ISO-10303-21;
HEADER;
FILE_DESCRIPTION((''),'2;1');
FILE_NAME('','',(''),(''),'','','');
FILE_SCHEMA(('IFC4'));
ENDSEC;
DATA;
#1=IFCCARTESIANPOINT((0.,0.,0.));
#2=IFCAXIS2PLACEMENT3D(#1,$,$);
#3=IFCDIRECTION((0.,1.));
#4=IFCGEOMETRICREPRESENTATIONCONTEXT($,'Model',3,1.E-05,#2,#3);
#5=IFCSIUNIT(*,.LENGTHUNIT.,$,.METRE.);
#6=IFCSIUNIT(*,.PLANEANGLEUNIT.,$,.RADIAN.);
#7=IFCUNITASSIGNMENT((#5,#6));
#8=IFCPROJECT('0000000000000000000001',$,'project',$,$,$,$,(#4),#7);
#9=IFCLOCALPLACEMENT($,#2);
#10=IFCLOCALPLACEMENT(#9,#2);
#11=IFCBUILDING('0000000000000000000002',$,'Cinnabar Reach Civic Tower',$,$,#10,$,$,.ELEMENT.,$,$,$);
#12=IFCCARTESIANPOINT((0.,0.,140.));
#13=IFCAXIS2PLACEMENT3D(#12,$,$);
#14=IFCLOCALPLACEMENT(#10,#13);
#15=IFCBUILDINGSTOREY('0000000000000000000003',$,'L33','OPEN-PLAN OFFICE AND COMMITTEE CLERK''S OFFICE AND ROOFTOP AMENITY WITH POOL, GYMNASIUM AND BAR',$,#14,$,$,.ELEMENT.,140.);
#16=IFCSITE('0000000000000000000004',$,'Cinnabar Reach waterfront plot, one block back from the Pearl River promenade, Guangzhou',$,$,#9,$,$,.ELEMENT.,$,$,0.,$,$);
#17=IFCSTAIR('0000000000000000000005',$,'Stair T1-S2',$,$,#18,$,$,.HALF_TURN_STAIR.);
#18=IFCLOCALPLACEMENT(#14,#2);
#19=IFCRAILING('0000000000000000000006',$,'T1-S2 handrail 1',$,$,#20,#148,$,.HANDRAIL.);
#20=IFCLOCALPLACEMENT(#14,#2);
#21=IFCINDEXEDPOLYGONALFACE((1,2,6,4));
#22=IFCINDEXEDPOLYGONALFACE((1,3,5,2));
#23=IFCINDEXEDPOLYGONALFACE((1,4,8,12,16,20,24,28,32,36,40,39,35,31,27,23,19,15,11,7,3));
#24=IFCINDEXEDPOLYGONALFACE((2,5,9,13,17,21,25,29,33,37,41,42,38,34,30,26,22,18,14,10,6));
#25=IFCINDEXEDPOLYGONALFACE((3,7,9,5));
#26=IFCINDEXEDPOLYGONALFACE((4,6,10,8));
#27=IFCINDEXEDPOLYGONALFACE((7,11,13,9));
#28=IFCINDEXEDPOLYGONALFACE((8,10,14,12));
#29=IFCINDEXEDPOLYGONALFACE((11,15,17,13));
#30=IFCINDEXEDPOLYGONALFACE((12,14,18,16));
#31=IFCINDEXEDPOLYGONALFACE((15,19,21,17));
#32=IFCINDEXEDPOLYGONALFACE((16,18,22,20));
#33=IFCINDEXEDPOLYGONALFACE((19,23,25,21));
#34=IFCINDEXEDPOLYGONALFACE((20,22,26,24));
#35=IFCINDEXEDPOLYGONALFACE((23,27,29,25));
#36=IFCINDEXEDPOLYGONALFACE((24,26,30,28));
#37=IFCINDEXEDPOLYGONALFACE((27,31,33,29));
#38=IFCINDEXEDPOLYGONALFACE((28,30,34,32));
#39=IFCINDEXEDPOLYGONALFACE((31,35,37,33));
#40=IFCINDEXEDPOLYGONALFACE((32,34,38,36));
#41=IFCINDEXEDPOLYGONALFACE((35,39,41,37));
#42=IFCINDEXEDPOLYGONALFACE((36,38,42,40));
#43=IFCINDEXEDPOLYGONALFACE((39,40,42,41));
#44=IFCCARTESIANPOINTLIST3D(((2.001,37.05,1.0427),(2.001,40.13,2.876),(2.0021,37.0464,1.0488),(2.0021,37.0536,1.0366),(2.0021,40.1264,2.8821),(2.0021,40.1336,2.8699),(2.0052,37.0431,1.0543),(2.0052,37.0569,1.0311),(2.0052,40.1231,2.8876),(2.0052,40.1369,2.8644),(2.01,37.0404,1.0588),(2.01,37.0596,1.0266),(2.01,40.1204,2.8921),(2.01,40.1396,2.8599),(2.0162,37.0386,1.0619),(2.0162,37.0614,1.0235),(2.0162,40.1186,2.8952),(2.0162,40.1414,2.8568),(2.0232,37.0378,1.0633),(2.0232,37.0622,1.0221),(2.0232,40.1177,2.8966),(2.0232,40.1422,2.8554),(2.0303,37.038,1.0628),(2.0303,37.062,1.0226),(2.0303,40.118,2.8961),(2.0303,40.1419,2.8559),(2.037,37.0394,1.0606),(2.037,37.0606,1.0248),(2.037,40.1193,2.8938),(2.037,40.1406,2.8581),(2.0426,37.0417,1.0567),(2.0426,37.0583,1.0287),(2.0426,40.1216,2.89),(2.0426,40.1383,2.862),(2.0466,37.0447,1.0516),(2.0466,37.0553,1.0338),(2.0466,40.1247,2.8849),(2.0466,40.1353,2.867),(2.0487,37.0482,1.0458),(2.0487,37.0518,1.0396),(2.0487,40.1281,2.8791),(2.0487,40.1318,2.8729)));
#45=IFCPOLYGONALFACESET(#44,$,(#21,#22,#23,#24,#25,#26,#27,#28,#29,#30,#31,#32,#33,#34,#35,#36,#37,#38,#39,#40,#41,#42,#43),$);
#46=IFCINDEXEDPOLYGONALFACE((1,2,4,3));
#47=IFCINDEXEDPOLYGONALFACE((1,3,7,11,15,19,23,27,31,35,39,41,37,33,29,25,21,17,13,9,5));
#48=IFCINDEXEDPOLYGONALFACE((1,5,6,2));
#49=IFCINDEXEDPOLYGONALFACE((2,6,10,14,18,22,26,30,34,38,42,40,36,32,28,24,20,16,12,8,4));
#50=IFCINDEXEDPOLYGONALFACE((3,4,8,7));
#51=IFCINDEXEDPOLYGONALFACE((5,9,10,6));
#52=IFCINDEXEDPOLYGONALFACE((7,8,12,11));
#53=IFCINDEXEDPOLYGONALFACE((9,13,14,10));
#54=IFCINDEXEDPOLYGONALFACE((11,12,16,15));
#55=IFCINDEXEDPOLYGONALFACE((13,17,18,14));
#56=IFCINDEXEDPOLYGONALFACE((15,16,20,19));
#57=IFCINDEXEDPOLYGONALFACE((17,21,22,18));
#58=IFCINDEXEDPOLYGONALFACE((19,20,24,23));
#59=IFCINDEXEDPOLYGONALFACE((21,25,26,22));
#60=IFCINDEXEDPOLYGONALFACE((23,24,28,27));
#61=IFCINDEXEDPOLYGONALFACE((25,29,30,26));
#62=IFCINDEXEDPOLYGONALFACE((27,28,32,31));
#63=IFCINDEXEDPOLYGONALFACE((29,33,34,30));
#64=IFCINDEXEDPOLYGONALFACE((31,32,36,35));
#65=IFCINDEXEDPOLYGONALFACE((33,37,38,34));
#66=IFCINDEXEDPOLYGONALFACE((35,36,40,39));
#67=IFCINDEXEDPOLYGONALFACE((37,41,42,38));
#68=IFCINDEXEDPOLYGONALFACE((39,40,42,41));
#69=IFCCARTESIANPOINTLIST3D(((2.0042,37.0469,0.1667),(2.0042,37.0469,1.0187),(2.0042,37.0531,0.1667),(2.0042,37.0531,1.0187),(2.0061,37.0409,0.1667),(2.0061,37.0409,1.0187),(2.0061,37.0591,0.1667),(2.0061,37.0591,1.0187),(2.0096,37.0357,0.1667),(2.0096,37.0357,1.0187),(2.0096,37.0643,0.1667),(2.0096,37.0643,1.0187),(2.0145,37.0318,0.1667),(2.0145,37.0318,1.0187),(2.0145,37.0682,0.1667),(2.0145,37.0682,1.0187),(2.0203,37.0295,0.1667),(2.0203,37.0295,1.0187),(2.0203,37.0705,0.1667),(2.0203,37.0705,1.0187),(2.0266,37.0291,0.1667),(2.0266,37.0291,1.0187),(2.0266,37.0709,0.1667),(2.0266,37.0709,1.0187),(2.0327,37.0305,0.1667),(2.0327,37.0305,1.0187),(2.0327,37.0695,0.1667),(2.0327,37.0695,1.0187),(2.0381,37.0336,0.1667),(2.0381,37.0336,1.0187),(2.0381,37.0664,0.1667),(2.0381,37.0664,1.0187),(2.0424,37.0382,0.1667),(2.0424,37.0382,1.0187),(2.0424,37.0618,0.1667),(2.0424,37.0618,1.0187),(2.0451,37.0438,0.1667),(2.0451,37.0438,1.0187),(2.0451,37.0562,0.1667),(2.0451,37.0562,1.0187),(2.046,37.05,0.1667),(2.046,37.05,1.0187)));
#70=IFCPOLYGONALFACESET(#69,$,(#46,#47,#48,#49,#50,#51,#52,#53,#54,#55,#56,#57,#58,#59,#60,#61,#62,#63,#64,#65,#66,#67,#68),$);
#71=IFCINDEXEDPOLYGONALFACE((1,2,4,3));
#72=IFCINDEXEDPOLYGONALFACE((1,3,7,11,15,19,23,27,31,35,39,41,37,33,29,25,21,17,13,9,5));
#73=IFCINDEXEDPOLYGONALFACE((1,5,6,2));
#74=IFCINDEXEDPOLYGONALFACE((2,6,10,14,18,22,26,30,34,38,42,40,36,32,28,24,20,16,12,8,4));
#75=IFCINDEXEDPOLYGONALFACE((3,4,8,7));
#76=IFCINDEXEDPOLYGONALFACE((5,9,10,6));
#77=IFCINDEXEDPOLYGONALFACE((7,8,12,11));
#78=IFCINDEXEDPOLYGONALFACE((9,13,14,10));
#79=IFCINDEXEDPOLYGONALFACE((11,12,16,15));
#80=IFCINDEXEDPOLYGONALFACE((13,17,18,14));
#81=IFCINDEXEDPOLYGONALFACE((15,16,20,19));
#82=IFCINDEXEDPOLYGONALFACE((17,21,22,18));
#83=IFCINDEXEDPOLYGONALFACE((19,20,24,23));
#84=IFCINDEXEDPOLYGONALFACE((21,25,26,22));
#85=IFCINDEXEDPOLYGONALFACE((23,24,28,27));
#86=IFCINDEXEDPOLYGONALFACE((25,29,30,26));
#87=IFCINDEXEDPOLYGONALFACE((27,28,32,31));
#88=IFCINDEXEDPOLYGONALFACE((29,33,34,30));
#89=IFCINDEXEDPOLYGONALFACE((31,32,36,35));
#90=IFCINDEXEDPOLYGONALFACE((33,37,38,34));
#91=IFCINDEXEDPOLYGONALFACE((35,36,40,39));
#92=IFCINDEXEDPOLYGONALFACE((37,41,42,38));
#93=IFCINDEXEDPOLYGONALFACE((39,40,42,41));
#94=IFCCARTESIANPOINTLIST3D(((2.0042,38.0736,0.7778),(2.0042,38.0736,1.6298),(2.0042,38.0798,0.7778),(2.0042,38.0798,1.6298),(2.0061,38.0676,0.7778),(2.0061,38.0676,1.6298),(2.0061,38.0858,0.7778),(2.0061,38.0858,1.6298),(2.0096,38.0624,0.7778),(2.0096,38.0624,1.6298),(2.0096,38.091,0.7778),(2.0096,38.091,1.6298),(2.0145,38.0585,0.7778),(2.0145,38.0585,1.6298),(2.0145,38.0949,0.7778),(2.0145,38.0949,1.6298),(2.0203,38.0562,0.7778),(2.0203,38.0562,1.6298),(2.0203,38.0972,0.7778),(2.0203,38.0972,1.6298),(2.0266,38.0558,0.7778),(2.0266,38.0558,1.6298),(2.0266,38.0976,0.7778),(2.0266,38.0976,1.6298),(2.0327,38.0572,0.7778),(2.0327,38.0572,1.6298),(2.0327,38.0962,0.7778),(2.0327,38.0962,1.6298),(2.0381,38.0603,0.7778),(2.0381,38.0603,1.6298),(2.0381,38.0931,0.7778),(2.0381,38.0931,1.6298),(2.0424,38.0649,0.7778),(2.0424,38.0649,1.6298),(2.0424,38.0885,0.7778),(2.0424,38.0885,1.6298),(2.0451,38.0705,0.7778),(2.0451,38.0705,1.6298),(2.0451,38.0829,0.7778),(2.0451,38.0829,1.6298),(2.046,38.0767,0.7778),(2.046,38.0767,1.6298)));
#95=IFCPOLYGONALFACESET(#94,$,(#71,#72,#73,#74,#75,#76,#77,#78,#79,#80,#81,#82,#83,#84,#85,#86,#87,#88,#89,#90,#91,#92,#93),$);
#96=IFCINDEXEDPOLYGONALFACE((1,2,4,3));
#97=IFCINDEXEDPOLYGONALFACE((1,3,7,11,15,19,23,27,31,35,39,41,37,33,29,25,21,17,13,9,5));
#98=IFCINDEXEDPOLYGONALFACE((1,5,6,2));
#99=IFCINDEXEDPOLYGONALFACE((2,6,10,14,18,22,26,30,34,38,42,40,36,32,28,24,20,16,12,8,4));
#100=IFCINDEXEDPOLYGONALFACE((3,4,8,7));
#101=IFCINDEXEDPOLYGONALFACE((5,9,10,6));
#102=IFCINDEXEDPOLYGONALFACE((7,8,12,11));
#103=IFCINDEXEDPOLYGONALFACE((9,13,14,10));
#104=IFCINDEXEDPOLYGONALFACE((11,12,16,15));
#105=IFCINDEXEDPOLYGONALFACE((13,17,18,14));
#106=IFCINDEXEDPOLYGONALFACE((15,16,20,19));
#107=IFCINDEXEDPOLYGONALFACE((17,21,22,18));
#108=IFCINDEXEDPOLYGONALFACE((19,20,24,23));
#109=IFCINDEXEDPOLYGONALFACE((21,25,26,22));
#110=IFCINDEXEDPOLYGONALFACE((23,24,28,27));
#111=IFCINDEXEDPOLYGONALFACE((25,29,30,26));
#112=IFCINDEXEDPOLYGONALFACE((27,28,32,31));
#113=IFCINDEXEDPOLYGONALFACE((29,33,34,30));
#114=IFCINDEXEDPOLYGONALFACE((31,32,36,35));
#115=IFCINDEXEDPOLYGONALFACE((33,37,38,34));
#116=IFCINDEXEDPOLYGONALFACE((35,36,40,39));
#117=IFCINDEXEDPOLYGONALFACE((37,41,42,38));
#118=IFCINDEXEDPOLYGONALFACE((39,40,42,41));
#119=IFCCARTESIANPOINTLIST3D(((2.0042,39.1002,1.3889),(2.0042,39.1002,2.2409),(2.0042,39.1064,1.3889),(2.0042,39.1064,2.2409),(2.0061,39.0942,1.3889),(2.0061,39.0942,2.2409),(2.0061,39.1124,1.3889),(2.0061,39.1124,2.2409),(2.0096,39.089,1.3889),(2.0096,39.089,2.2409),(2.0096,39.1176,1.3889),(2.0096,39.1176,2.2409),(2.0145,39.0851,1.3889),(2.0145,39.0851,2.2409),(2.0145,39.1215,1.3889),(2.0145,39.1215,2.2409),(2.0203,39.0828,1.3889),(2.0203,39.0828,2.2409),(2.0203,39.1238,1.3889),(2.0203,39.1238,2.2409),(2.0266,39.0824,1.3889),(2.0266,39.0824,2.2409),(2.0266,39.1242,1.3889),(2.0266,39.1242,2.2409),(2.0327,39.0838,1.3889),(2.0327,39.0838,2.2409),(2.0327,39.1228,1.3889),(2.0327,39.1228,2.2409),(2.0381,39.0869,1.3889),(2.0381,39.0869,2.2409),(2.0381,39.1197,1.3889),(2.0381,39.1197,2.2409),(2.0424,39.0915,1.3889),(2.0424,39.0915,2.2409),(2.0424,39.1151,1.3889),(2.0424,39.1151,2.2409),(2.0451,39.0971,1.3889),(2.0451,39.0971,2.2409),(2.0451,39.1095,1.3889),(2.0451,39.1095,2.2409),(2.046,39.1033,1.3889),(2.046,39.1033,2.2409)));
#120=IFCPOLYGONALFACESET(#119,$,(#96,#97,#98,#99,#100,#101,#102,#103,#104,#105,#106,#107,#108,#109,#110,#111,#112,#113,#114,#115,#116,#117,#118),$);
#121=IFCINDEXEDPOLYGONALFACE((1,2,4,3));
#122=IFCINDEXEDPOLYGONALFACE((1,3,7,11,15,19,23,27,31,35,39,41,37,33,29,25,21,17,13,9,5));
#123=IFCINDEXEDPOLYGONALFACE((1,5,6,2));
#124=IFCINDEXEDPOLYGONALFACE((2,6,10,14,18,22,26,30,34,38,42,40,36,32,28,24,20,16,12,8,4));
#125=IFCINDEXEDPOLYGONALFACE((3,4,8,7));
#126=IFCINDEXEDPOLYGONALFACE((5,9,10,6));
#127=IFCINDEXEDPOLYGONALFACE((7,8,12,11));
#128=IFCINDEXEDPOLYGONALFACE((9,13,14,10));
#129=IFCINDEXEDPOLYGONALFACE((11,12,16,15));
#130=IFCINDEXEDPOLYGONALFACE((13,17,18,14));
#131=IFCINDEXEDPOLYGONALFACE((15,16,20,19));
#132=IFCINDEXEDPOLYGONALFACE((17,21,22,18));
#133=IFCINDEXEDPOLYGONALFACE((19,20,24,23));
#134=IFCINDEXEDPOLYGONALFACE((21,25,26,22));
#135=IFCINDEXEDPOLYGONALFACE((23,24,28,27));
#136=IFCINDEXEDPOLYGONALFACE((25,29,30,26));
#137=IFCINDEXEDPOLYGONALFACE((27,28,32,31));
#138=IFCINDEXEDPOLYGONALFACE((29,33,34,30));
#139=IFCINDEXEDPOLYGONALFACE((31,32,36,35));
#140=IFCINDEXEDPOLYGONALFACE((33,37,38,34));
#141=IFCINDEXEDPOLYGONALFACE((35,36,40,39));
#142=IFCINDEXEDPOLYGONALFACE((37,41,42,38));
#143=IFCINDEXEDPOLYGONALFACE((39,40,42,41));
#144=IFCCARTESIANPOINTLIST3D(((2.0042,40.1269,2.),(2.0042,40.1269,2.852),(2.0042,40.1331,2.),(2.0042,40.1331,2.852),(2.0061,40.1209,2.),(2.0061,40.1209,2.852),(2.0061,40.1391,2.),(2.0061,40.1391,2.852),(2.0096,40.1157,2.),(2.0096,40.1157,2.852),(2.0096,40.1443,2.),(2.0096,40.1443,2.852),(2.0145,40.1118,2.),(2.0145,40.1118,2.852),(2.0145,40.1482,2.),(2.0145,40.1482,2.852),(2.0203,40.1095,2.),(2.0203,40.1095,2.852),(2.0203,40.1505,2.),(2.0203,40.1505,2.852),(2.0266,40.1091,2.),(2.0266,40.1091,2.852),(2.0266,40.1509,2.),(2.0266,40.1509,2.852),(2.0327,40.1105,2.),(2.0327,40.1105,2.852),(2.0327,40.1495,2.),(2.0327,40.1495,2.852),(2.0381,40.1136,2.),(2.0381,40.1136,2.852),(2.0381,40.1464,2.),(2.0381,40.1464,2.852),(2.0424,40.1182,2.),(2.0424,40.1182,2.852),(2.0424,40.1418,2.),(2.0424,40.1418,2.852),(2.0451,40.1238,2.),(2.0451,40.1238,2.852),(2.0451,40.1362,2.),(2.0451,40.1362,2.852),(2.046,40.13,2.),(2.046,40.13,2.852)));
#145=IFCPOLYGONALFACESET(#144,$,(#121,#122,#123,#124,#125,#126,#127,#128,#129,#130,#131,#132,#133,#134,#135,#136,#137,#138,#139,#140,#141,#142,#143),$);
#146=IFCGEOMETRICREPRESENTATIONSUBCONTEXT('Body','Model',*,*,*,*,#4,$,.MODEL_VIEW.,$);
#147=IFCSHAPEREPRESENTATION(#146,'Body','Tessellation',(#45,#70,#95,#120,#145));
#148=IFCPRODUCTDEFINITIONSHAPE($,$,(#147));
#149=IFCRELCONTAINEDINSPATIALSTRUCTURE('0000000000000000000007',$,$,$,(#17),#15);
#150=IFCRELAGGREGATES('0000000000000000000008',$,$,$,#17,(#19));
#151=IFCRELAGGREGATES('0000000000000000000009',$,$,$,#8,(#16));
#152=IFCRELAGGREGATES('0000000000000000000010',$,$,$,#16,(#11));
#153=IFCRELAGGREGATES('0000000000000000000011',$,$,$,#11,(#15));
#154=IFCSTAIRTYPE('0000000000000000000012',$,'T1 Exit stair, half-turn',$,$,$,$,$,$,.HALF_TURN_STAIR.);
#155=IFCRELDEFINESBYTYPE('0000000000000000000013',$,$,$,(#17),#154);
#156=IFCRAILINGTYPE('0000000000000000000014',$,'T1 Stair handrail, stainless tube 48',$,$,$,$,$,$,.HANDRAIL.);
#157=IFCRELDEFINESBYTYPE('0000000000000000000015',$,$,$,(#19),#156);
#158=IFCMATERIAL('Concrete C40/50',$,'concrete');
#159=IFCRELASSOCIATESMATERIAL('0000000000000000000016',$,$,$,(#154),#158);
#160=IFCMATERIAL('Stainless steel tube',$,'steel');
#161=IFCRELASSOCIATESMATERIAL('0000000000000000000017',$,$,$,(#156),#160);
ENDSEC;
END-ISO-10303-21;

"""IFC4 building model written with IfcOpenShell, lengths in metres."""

from ifc_helpers import new_model, si_unit, direction, frame, origin, origin_2d, place, context, subcontext, project, spatial, circle, extrude, material, type_object, element, aggregate, save


model = new_model("IFC4")

# Units and contexts
model_context = context("Model", 3, precision=1e-05, world=origin(), true_north=direction((0.0, 1.0)))
body_context = subcontext(model_context, "Body", "Model", "MODEL_VIEW")
ifc_project = project(units=[si_unit("LENGTHUNIT", "METRE"), si_unit("PLANEANGLEUNIT", "RADIAN")], contexts=[model_context])

# Site, building, storey
site_placement = place(None, origin())
site = spatial("IfcSite", under=ifc_project, at=site_placement, Name="Cinnabar Reach waterfront plot, one block back from the Pearl River promenade, Guangzhou", CompositionType="ELEMENT", RefElevation=0.0)
building_placement = place(site_placement, origin())
building = spatial("IfcBuilding", under=site, at=building_placement, Name="Cinnabar Reach Civic Tower", CompositionType="ELEMENT")
storey_placement = place(building_placement, frame((0.0, 0.0, 140.0)))
storey = spatial("IfcBuildingStorey", under=building, at=storey_placement, Name="L33", Description="OPEN-PLAN OFFICE AND COMMITTEE CLERK'S OFFICE AND ROOFTOP AMENITY WITH POOL, GYMNASIUM AND BAR", CompositionType="ELEMENT", Elevation=140.0)

# Shared definitions
ifc_material_1 = material(Name="Concrete C40/50", Category="concrete")

# Stair, railing
stair_type = type_object("IfcStairType", Name="T1 Exit stair, half-turn", PredefinedType="HALF_TURN_STAIR", material=ifc_material_1)
stair_placement = place(storey_placement, origin())
stair = element("IfcStair", 1, at=stair_placement, inside=storey, type_object=stair_type, Name="Stair T1-S2", PredefinedType="HALF_TURN_STAIR")
ifc_material_2 = material(Name="Stainless steel tube", Category="steel")
railing_type = type_object("IfcRailingType", Name="T1 Stair handrail, stainless tube 48", PredefinedType="HANDRAIL", material=ifc_material_2)
railing_1_placement = place(storey_placement, frame((2.025, 37.05, 0.1667)))
railing_1 = element("IfcRailing", 2, at=railing_1_placement, type_object=railing_type, Name="T1-S2 handrail 1", PredefinedType="HANDRAIL", context=body_context, shape_type="SweptSolid", body=[
    extrude(circle(Radius=0.024, at=origin_2d()), frame((0.0, 0.0, 0.876), z_axis=(0.0, 0.859297, 0.511477), x_axis=(-1.0, 0.0, 0.0)), (0.0, 0.0, 1.0), 3.5843),
    extrude(circle(Radius=0.021, at=origin_2d()), origin(), (0.0, 0.0, 1.0), 0.852),
    extrude(circle(Radius=0.021, at=origin_2d()), frame((0.0, 1.0267, 0.6111)), (0.0, 0.0, 1.0), 0.852),
    extrude(circle(Radius=0.021, at=origin_2d()), frame((0.0, 2.0533, 1.2222)), (0.0, 0.0, 1.0), 0.852),
    extrude(circle(Radius=0.021, at=origin_2d()), frame((0.0, 3.08, 1.8333)), (0.0, 0.0, 1.0), 0.852),
])
aggregate(stair, [railing_1])

save(model, "model.ifc")
